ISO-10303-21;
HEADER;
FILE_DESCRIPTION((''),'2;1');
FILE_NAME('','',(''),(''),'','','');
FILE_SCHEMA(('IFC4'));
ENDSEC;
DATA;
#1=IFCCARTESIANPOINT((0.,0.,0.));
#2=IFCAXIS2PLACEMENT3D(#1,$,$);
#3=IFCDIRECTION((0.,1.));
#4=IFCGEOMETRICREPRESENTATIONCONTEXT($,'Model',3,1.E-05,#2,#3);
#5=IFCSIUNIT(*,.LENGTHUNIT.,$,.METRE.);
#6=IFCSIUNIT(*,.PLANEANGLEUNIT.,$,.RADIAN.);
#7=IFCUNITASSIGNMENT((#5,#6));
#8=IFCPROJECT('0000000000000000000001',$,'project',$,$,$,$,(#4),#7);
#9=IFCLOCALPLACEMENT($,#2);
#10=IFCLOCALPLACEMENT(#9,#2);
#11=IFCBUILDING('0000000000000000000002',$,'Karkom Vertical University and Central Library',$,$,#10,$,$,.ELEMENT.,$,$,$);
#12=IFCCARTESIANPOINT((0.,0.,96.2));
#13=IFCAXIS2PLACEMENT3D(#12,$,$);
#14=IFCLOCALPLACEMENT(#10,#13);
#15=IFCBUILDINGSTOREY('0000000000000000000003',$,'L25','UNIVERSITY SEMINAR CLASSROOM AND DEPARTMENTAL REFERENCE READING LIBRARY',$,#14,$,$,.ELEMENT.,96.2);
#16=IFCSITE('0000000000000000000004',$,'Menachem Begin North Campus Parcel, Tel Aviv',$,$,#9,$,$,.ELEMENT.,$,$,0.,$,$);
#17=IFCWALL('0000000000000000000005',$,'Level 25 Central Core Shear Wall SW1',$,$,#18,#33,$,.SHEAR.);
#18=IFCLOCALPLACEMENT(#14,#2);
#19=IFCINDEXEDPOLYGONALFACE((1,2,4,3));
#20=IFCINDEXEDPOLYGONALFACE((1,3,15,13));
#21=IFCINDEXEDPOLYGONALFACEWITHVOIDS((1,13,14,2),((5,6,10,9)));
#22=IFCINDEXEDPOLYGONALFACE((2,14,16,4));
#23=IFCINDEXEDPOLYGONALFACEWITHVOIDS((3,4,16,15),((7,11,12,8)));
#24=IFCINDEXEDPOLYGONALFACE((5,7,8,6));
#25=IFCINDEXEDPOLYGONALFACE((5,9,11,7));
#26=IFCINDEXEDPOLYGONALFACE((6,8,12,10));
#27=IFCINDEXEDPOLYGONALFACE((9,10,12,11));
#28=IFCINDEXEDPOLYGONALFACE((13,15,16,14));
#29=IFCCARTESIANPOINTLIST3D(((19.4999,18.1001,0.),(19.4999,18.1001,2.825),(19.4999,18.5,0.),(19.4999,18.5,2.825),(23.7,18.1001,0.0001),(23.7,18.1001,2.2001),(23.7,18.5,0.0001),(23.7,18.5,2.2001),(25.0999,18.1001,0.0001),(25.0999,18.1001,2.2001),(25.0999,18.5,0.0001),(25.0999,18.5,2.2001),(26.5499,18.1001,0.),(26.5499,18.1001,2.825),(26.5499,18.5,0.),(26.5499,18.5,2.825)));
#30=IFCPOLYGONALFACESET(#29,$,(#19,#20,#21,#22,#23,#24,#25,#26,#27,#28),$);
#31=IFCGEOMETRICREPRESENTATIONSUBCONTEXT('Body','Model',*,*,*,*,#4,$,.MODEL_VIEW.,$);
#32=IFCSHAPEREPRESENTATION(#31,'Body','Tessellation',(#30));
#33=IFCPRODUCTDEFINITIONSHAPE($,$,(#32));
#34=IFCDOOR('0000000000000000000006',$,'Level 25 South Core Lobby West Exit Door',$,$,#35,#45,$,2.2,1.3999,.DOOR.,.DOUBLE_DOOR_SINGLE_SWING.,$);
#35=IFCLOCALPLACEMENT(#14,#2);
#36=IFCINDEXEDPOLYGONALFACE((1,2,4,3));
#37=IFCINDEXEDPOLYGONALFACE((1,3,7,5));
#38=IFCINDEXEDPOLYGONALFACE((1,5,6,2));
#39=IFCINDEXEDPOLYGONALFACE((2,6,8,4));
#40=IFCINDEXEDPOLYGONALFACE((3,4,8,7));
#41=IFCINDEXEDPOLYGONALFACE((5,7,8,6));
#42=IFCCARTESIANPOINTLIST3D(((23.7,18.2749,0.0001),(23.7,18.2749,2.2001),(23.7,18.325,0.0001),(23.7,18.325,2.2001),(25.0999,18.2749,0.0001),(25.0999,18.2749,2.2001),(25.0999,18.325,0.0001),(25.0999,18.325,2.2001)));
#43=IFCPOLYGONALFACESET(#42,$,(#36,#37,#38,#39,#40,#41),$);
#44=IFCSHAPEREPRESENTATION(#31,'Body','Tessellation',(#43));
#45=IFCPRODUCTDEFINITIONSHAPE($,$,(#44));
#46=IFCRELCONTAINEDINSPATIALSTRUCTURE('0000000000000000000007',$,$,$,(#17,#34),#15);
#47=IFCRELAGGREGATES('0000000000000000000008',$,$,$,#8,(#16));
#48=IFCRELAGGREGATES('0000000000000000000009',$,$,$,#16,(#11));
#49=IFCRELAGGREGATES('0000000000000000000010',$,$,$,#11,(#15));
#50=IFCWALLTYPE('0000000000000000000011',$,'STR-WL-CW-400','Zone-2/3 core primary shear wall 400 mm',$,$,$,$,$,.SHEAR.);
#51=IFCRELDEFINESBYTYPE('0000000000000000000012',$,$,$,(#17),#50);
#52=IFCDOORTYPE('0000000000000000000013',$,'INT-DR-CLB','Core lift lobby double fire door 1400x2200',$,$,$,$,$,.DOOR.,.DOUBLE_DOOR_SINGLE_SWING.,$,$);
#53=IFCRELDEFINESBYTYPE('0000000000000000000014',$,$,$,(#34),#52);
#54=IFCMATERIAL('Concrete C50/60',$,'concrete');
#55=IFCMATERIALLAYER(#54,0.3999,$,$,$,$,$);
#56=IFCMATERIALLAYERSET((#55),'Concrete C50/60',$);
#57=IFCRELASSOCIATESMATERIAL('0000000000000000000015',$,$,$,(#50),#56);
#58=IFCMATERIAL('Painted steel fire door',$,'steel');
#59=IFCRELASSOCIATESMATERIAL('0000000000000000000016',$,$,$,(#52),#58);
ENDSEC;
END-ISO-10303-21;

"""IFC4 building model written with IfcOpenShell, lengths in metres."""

from ifc_helpers import new_model, si_unit, direction, frame, frame_2d, origin, origin_with_axes, place, context, subcontext, project, spatial, rectangle, extrude, source, transform, mapped, material, layer, layer_set, type_object, element, fill, save


model = new_model("IFC4")

# Units and contexts
model_context = context("Model", 3, precision=1e-05, world=origin(), true_north=direction((0.0, 1.0)))
body_context = subcontext(model_context, "Body", "Model", "MODEL_VIEW")
ifc_project = project(units=[si_unit("LENGTHUNIT", "METRE"), si_unit("PLANEANGLEUNIT", "RADIAN")], contexts=[model_context])

# Site, building, storey
site_placement = place(None, origin())
site = spatial("IfcSite", under=ifc_project, at=site_placement, Name="Menachem Begin North Campus Parcel, Tel Aviv", CompositionType="ELEMENT", RefElevation=0.0)
building_placement = place(site_placement, origin())
building = spatial("IfcBuilding", under=site, at=building_placement, Name="Karkom Vertical University and Central Library", CompositionType="ELEMENT")
storey_placement = place(building_placement, frame((0.0, 0.0, 96.2)))
storey = spatial("IfcBuildingStorey", under=building, at=storey_placement, Name="L25", Description="UNIVERSITY SEMINAR CLASSROOM AND DEPARTMENTAL REFERENCE READING LIBRARY", CompositionType="ELEMENT", Elevation=96.2)

# Shared definitions
ifc_material_1 = material(Name="Concrete C50/60", Category="concrete")

# Wall, opening, door
ifc_layer_1 = layer(ifc_material_1, 0.3999)
ifc_layer_set_1 = layer_set([ifc_layer_1], Name="Concrete C50/60")
wall_type_1 = type_object("IfcWallType", Name="STR-WL-CW-400", Description="Zone-2/3 core primary shear wall 400 mm", PredefinedType="SHEAR", material=ifc_layer_set_1)
wall_1_placement = place(storey_placement, frame((19.5, 18.3, 0.0), z_axis=(0.0, 0.0, 1.0), x_axis=(1.0, 0.0, 0.0)))
wall_1 = element("IfcWall", 1, at=wall_1_placement, inside=storey, type_object=wall_type_1, Name="Level 25 Central Core Shear Wall SW1", PredefinedType="SHEAR", context=body_context, shape_type="SweptSolid", body=[
    extrude(rectangle(XDim=7.05, YDim=0.3999, at=frame_2d((3.5249, 0.0))), origin(), (0.0, 0.0, 1.0), 2.825),
])
opening_1_placement = place(wall_1_placement, frame((4.2, 0.0, 0.0)))
opening_1 = element("IfcOpeningElement", 2, at=opening_1_placement, cuts=wall_1, PredefinedType="OPENING", context=body_context, shape_type="SweptSolid", body=[
    extrude(rectangle(XDim=1.3999, YDim=2.2, at=frame_2d((0.7, 1.1001))), frame((0.0, 0.21, 0.0), z_axis=(0.0, -1.0, 0.0), x_axis=(1.0, 0.0, 0.0)), (0.0, 0.0, 1.0), 0.4199),
])
ifc_material_2 = material(Name="Painted steel fire door", Category="steel")
door_type_1 = type_object("IfcDoorType", Name="INT-DR-CLB", Description="Core lift lobby double fire door 1400x2200", OperationType="DOUBLE_DOOR_SINGLE_SWING", PredefinedType="DOOR", material=ifc_material_2)
shared_shape_1 = source(origin_with_axes(), body_context, "Body", "SweptSolid", [
    extrude(rectangle(XDim=1.3999, YDim=2.2, at=frame_2d((0.7, 1.1001))), frame((0.0, 0.0249, 0.0), z_axis=(0.0, -1.0, 0.0), x_axis=(1.0, 0.0, 0.0)), (0.0, 0.0, 1.0), 0.05),
])
door_1_placement = place(opening_1_placement, origin())
door_1 = element("IfcDoor", 3, at=door_1_placement, inside=storey, type_object=door_type_1, Name="Level 25 South Core Lobby West Exit Door", OperationType="DOUBLE_DOOR_SINGLE_SWING", OverallHeight=2.2, OverallWidth=1.3999, PredefinedType="DOOR", context=body_context, shape_type="MappedRepresentation", body=[
    mapped(shared_shape_1, transform((0.0, 0.0, 0.0), scale=1.0)),
])
fill(opening_1, door_1)

save(model, "model.ifc")
